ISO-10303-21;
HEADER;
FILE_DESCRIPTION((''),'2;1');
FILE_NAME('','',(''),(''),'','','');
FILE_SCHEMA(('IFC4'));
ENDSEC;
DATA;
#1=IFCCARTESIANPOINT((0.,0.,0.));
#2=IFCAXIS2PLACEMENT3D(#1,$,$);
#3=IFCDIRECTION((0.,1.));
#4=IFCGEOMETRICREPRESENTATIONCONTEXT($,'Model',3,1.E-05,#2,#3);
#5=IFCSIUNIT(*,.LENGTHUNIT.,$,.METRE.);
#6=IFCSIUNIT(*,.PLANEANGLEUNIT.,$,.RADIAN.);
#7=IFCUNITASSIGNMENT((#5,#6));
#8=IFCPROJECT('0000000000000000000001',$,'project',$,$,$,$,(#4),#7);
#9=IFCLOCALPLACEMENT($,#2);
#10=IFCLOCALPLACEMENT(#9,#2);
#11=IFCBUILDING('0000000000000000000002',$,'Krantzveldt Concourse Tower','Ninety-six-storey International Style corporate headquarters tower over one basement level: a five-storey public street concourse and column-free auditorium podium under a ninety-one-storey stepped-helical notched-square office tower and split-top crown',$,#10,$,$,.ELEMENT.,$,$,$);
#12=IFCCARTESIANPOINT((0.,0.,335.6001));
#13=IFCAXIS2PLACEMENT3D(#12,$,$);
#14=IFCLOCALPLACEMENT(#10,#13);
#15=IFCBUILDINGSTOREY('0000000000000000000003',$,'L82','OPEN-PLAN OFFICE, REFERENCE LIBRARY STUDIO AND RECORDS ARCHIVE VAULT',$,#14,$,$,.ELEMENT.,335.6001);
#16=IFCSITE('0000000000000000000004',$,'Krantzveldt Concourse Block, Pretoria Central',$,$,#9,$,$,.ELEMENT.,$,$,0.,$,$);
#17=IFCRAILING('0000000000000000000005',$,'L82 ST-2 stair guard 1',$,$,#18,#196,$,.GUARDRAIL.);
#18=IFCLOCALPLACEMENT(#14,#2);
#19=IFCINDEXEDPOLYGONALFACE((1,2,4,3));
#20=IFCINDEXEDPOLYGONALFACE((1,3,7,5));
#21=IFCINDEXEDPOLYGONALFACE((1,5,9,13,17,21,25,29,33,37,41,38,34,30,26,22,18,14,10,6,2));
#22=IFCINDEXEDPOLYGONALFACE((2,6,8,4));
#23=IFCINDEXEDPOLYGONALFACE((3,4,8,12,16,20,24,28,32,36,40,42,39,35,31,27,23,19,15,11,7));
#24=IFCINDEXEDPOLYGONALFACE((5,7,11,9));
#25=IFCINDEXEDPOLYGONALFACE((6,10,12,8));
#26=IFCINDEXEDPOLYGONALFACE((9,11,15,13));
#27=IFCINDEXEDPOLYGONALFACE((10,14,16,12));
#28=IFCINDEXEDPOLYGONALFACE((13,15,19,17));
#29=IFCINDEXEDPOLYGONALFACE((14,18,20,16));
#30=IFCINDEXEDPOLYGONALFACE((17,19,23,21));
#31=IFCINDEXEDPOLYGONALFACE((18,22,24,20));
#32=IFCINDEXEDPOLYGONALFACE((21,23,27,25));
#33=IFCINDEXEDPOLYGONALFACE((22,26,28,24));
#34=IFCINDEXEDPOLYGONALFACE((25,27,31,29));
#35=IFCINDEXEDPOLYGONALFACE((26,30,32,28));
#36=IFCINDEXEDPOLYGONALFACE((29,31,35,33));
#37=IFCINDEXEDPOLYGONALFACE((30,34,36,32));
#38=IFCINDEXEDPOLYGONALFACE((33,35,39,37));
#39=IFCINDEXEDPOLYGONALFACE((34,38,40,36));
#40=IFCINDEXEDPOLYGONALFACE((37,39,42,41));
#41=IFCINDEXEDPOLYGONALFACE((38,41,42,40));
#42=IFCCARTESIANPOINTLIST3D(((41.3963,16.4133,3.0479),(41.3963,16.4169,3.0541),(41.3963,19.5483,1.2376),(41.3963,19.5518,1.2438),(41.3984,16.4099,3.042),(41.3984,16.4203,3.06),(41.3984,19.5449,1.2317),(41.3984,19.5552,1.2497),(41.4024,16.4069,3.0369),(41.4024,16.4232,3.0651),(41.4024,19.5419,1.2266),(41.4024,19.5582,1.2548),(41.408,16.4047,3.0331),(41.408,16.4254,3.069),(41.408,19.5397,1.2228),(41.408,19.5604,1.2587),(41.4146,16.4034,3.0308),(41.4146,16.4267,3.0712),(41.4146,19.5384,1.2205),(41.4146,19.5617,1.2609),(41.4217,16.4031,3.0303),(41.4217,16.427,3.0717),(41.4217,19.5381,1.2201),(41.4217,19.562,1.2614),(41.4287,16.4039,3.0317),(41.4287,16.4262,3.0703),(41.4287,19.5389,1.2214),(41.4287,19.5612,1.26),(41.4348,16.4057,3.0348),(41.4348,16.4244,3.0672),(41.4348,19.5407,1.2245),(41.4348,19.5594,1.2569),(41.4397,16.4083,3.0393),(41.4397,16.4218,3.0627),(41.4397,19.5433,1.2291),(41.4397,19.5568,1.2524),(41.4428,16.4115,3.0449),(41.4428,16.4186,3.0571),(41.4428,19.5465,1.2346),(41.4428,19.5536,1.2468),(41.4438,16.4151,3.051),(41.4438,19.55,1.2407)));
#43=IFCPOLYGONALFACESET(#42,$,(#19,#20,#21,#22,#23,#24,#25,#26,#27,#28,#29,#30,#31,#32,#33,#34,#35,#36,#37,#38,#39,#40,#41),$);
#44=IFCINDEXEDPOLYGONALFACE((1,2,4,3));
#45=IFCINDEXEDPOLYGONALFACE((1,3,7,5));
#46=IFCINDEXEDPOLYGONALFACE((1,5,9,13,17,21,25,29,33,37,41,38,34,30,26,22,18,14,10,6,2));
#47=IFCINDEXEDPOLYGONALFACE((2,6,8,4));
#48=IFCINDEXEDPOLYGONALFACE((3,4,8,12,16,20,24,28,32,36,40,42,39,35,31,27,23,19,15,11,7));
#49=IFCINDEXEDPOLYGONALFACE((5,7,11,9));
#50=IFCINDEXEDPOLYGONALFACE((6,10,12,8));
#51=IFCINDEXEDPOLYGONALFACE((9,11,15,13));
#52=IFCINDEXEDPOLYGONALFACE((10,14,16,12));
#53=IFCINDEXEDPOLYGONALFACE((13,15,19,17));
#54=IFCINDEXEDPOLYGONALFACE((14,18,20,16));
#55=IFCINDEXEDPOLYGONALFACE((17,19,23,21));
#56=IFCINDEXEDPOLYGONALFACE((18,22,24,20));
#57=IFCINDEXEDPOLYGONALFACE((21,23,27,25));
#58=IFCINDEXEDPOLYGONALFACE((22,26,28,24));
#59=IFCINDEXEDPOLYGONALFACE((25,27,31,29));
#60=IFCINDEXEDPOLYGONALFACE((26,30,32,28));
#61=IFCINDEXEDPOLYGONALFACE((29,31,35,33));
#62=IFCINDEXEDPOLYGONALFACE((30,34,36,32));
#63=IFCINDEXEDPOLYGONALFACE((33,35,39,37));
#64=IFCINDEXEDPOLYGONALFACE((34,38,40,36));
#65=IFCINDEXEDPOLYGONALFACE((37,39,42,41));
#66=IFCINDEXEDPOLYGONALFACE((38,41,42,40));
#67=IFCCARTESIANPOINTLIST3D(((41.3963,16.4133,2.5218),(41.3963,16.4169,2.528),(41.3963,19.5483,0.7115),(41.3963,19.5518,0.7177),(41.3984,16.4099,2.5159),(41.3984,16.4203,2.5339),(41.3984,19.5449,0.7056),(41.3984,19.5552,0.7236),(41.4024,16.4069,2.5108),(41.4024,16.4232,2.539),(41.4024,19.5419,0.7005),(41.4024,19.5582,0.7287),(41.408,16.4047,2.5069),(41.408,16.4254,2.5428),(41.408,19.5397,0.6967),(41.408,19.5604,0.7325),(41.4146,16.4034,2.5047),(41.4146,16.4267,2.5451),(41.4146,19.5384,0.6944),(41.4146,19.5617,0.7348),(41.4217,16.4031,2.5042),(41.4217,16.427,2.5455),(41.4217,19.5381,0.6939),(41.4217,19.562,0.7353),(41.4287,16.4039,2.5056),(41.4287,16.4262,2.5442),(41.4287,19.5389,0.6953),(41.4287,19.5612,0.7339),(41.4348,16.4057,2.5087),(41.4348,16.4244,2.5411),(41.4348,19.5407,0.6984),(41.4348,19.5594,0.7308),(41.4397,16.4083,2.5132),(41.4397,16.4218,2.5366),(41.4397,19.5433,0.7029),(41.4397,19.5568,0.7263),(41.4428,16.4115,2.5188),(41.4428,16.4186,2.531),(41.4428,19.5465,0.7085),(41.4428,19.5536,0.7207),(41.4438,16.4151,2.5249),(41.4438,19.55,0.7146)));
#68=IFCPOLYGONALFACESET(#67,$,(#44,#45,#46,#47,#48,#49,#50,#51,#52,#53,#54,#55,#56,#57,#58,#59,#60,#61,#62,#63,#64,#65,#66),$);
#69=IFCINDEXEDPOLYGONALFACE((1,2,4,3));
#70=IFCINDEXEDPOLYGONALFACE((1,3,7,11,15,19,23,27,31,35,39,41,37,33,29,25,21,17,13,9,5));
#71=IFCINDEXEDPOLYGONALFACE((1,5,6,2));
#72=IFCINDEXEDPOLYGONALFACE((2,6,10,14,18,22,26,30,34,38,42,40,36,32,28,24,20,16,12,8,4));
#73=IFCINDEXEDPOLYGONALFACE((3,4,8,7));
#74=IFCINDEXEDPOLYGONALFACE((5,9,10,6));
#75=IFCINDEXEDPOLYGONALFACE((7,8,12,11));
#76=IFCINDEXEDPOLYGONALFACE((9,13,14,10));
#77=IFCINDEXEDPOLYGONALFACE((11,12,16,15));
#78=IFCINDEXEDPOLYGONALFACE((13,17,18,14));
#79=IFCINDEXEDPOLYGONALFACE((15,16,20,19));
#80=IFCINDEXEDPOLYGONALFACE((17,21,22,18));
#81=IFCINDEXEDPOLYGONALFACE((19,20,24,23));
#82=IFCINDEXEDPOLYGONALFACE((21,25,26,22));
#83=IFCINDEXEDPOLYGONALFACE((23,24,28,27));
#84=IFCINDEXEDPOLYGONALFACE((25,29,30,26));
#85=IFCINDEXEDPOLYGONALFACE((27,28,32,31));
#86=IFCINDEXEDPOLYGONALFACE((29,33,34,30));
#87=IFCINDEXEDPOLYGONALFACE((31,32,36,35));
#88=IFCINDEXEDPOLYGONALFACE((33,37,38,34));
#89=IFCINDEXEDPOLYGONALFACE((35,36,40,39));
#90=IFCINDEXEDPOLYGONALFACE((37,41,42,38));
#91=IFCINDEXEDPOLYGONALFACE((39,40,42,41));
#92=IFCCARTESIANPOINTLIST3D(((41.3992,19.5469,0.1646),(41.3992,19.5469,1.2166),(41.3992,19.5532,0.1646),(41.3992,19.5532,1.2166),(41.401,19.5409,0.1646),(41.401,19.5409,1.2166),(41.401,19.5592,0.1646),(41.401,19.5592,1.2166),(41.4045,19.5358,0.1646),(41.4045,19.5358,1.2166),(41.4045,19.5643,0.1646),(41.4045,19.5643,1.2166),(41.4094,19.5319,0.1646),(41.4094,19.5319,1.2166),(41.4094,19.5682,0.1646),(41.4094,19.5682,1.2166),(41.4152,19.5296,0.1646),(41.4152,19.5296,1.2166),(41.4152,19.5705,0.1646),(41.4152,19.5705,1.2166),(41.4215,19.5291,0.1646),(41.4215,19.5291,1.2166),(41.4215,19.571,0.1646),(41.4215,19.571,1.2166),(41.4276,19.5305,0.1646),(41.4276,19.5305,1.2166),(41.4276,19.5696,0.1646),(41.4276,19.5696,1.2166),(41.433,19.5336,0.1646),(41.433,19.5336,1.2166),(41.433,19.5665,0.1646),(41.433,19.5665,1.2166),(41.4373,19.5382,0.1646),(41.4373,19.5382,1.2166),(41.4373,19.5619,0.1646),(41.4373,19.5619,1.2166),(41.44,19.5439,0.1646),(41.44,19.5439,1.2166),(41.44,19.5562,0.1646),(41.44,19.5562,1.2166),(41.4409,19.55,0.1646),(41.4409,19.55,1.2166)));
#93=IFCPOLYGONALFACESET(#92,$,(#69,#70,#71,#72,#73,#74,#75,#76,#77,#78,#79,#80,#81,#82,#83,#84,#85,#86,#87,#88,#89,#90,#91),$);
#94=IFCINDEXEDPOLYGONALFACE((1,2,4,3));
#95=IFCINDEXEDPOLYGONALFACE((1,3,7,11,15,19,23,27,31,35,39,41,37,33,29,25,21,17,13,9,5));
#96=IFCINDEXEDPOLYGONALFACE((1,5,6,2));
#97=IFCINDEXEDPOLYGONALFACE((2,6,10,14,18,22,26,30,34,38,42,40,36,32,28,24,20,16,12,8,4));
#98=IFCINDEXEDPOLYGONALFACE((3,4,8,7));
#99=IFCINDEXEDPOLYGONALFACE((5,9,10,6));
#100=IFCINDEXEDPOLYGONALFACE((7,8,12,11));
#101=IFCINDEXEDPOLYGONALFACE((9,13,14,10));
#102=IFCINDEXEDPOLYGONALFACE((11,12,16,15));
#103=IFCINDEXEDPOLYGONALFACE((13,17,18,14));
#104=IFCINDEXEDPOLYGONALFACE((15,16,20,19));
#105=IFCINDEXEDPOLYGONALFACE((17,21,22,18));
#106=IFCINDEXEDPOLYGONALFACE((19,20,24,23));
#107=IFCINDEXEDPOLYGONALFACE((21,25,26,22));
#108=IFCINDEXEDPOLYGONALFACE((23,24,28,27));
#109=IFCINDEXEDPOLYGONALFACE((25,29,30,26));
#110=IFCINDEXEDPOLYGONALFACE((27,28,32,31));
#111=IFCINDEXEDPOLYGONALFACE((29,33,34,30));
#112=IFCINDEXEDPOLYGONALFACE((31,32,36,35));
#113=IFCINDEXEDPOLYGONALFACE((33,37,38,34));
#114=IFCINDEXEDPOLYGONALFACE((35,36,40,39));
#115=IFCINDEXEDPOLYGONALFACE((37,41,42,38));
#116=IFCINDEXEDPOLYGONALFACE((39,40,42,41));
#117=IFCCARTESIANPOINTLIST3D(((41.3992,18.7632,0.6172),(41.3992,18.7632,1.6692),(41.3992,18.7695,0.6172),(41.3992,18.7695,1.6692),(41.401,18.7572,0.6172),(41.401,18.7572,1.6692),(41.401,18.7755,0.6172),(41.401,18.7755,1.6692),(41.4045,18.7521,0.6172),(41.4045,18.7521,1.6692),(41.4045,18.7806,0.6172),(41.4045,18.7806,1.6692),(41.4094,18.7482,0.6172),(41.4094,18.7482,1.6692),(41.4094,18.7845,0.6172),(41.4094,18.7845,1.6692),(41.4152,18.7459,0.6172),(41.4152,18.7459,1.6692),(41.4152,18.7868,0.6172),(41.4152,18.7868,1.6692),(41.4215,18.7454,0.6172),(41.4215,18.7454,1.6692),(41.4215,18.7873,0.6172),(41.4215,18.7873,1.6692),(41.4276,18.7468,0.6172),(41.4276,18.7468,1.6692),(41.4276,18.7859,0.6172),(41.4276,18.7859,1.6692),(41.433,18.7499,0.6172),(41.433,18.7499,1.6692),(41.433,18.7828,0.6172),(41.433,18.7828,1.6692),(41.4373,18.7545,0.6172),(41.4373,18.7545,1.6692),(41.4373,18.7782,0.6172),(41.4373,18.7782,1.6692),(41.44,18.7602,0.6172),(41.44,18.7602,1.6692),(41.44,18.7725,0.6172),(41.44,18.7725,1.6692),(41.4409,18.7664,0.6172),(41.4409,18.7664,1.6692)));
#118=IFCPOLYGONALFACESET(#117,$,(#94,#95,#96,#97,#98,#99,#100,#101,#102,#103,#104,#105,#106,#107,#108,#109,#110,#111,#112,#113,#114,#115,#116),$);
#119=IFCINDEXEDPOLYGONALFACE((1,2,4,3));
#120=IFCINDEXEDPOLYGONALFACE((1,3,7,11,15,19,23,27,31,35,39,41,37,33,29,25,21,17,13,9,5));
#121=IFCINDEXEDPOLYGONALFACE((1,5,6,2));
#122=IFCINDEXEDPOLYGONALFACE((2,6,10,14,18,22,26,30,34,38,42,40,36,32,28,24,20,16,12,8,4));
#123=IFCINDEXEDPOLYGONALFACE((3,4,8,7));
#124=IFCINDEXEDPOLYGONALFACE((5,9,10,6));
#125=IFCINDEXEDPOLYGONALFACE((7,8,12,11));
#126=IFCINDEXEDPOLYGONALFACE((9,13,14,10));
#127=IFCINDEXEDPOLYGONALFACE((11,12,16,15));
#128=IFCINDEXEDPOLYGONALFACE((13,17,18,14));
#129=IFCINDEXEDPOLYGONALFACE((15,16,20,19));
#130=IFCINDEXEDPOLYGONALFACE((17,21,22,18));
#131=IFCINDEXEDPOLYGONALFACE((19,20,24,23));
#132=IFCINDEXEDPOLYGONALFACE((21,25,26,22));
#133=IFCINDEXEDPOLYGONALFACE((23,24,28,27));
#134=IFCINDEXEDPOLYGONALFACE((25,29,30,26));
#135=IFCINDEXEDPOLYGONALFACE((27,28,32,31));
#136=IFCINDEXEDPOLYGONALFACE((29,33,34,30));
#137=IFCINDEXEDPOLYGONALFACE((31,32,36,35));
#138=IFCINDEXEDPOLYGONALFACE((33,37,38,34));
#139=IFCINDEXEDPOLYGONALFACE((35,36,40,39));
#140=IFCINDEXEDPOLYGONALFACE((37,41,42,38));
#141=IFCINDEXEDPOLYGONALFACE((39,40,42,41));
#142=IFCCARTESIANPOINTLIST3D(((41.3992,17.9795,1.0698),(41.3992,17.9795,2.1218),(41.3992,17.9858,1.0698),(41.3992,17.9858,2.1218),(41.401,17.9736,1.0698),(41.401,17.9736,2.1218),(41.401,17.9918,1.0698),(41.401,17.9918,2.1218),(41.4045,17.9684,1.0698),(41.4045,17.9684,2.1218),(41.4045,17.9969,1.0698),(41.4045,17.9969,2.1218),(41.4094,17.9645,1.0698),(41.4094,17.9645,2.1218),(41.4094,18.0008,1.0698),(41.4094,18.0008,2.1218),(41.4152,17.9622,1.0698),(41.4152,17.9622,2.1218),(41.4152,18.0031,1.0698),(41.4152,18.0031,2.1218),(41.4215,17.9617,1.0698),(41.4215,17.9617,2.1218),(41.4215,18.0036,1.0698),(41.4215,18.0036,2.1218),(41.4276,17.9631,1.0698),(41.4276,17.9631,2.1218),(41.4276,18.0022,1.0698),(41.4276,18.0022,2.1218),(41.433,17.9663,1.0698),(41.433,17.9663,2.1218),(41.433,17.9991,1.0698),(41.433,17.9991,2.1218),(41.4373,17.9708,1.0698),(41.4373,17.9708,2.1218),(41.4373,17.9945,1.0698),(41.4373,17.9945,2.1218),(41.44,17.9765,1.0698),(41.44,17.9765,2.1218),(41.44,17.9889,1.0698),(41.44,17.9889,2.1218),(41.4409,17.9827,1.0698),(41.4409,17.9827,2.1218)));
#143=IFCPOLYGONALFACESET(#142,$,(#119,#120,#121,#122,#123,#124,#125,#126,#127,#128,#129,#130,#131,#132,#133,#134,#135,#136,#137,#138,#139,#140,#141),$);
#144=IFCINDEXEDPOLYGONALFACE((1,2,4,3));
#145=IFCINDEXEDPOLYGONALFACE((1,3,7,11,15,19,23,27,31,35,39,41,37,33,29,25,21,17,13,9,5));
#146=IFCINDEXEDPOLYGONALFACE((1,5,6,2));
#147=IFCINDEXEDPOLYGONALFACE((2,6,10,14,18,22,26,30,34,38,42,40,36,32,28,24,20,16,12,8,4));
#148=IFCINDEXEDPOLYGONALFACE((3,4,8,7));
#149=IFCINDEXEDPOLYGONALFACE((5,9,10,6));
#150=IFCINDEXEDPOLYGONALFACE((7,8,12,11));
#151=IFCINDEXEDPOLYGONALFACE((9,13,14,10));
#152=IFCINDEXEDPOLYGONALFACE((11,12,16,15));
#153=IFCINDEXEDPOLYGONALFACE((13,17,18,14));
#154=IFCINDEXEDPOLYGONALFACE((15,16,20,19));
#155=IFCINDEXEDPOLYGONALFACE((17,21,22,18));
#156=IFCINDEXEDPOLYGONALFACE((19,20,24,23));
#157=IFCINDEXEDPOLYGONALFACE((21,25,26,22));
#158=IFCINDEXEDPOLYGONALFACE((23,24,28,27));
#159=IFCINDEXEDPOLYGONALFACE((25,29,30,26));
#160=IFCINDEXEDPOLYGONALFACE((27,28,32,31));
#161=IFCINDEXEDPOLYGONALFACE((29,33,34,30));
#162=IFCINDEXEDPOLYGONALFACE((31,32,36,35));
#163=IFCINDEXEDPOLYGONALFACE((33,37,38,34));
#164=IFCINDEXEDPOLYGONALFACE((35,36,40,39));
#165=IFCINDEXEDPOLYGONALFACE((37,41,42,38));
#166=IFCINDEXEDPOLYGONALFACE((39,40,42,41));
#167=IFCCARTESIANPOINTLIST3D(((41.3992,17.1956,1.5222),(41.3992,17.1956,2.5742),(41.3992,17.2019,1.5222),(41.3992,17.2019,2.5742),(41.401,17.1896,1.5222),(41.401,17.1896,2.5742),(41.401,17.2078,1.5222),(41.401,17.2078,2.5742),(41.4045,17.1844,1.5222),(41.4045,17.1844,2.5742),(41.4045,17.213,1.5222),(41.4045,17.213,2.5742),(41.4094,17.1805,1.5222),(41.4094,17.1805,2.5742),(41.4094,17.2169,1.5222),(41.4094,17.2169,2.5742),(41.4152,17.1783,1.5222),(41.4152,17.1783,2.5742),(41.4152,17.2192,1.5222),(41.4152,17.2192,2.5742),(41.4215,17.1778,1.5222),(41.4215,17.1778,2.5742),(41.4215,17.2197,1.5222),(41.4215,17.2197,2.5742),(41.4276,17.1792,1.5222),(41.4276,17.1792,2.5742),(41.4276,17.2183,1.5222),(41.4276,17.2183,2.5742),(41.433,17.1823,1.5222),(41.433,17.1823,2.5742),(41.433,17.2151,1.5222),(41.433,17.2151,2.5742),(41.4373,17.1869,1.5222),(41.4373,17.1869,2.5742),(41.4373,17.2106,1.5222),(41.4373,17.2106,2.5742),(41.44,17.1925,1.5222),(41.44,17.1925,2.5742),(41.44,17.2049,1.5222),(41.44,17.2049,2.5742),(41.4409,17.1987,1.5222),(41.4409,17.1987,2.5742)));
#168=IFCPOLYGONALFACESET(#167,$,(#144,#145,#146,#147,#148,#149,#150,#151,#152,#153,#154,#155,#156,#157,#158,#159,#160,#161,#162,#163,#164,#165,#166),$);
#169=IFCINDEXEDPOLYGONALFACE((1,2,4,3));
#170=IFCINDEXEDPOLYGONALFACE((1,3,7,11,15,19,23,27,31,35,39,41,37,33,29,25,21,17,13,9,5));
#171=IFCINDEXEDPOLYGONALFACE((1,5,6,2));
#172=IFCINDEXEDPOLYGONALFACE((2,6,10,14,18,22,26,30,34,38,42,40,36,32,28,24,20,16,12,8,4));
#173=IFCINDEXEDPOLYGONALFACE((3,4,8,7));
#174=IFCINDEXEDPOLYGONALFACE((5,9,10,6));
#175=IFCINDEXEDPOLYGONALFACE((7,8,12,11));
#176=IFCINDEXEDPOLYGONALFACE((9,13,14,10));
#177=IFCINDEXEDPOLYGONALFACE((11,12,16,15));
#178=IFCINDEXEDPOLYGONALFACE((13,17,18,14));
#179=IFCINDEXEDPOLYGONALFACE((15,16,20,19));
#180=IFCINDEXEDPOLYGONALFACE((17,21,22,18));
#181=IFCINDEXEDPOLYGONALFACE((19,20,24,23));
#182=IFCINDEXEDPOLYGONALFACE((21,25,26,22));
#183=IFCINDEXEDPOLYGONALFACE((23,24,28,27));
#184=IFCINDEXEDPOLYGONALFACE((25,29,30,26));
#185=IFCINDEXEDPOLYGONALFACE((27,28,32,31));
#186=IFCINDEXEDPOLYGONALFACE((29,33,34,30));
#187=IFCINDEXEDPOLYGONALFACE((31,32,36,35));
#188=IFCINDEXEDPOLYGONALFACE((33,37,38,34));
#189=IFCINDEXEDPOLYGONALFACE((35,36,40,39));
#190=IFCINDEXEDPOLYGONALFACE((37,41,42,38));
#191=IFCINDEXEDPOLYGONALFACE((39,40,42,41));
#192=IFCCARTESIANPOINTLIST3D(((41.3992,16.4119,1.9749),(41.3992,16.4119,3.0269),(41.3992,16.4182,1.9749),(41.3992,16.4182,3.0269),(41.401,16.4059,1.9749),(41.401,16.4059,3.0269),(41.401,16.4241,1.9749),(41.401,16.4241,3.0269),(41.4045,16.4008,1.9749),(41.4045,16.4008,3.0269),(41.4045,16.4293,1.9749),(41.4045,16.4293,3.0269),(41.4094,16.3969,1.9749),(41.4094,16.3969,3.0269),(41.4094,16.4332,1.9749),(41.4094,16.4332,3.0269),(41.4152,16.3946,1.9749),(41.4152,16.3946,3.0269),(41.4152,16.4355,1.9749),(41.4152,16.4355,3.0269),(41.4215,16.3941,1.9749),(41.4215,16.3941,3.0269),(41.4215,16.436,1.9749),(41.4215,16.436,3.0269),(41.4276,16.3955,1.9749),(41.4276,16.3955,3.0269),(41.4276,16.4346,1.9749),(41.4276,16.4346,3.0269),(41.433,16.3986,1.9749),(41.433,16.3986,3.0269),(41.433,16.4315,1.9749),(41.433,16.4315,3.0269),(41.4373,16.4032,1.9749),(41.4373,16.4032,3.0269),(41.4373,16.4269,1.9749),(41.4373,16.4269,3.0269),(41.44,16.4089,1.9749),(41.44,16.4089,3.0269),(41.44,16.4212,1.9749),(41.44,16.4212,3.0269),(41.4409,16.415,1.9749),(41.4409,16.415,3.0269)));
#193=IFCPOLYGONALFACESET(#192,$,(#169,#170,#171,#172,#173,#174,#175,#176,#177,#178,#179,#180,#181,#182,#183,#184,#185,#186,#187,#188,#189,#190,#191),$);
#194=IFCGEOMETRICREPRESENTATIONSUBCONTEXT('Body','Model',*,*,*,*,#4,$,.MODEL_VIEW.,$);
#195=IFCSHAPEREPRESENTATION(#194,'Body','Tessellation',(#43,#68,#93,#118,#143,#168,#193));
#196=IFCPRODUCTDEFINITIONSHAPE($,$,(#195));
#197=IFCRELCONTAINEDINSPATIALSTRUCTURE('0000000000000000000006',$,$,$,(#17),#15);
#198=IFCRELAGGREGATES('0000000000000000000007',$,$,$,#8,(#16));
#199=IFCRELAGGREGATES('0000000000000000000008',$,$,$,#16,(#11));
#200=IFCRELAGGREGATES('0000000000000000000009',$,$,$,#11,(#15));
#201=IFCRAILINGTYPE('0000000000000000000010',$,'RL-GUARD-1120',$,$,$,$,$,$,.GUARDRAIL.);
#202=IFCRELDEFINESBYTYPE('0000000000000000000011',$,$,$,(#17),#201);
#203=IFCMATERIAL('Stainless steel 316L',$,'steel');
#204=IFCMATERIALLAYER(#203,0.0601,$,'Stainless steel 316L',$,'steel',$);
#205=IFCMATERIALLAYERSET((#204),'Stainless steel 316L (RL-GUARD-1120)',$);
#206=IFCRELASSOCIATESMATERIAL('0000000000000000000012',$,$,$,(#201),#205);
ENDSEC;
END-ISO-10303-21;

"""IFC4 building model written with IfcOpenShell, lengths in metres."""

from ifc_helpers import new_model, si_unit, direction, frame, origin, origin_2d, place, context, subcontext, project, spatial, circle, extrude, material, layer, layer_set, type_object, element, save


model = new_model("IFC4")

# Units and contexts
model_context = context("Model", 3, precision=1e-05, world=origin(), true_north=direction((0.0, 1.0)))
body_context = subcontext(model_context, "Body", "Model", "MODEL_VIEW")
ifc_project = project(units=[si_unit("LENGTHUNIT", "METRE"), si_unit("PLANEANGLEUNIT", "RADIAN")], contexts=[model_context])

# Site, building, storey
site_placement = place(None, origin())
site = spatial("IfcSite", under=ifc_project, at=site_placement, Name="Krantzveldt Concourse Block, Pretoria Central", CompositionType="ELEMENT", RefElevation=0.0)
building_placement = place(site_placement, origin())
building = spatial("IfcBuilding", under=site, at=building_placement, Name="Krantzveldt Concourse Tower", Description="Ninety-six-storey International Style corporate headquarters tower over one basement level: a five-storey public street concourse and column-free auditorium podium under a ninety-one-storey stepped-helical notched-square office tower and split-top crown", CompositionType="ELEMENT")
storey_placement = place(building_placement, frame((0.0, 0.0, 335.6001)))
storey = spatial("IfcBuildingStorey", under=building, at=storey_placement, Name="L82", Description="OPEN-PLAN OFFICE, REFERENCE LIBRARY STUDIO AND RECORDS ARCHIVE VAULT", CompositionType="ELEMENT", Elevation=335.6001)

# Shared definitions
ifc_material_1 = material(Name="Stainless steel 316L", Category="steel")

# Railing
ifc_layer_1 = layer(ifc_material_1, 0.0601, Name="Stainless steel 316L", Category="steel")
ifc_layer_set_1 = layer_set([ifc_layer_1], Name="Stainless steel 316L (RL-GUARD-1120)")
railing_type_1 = type_object("IfcRailingType", Name="RL-GUARD-1120", PredefinedType="GUARDRAIL", material=ifc_layer_set_1)
railing_1_placement = place(storey_placement, frame((41.4199, 19.55, 0.1646)))
element("IfcRailing", 1, at=railing_1_placement, inside=storey, type_object=railing_type_1, Name="L82 ST-2 stair guard 1", PredefinedType="GUARDRAIL", context=body_context, shape_type="SweptSolid", body=[
    extrude(circle(Radius=0.0239, at=origin_2d()), frame((0.0, 0.0, 1.0762), z_axis=(0.0, -0.865989, 0.500063), x_axis=(1.0, 0.0, 0.0)), (0.0, 0.0, 1.0), 3.6201),
    extrude(circle(Radius=0.0239, at=origin_2d()), frame((0.0, 0.0, 0.55), z_axis=(0.0, -0.865989, 0.500063), x_axis=(1.0, 0.0, 0.0)), (0.0, 0.0, 1.0), 3.6201),
    extrude(circle(Radius=0.021, at=origin_2d()), origin(), (0.0, 0.0, 1.0), 1.052),
    extrude(circle(Radius=0.021, at=origin_2d()), frame((0.0, -0.7837, 0.4526)), (0.0, 0.0, 1.0), 1.052),
    extrude(circle(Radius=0.021, at=origin_2d()), frame((0.0, -1.5674, 0.9053)), (0.0, 0.0, 1.0), 1.052),
    extrude(circle(Radius=0.021, at=origin_2d()), frame((0.0, -2.3513, 1.3577)), (0.0, 0.0, 1.0), 1.052),
    extrude(circle(Radius=0.021, at=origin_2d()), frame((0.0, -3.135, 1.8103)), (0.0, 0.0, 1.0), 1.052),
])

save(model, "model.ifc")
